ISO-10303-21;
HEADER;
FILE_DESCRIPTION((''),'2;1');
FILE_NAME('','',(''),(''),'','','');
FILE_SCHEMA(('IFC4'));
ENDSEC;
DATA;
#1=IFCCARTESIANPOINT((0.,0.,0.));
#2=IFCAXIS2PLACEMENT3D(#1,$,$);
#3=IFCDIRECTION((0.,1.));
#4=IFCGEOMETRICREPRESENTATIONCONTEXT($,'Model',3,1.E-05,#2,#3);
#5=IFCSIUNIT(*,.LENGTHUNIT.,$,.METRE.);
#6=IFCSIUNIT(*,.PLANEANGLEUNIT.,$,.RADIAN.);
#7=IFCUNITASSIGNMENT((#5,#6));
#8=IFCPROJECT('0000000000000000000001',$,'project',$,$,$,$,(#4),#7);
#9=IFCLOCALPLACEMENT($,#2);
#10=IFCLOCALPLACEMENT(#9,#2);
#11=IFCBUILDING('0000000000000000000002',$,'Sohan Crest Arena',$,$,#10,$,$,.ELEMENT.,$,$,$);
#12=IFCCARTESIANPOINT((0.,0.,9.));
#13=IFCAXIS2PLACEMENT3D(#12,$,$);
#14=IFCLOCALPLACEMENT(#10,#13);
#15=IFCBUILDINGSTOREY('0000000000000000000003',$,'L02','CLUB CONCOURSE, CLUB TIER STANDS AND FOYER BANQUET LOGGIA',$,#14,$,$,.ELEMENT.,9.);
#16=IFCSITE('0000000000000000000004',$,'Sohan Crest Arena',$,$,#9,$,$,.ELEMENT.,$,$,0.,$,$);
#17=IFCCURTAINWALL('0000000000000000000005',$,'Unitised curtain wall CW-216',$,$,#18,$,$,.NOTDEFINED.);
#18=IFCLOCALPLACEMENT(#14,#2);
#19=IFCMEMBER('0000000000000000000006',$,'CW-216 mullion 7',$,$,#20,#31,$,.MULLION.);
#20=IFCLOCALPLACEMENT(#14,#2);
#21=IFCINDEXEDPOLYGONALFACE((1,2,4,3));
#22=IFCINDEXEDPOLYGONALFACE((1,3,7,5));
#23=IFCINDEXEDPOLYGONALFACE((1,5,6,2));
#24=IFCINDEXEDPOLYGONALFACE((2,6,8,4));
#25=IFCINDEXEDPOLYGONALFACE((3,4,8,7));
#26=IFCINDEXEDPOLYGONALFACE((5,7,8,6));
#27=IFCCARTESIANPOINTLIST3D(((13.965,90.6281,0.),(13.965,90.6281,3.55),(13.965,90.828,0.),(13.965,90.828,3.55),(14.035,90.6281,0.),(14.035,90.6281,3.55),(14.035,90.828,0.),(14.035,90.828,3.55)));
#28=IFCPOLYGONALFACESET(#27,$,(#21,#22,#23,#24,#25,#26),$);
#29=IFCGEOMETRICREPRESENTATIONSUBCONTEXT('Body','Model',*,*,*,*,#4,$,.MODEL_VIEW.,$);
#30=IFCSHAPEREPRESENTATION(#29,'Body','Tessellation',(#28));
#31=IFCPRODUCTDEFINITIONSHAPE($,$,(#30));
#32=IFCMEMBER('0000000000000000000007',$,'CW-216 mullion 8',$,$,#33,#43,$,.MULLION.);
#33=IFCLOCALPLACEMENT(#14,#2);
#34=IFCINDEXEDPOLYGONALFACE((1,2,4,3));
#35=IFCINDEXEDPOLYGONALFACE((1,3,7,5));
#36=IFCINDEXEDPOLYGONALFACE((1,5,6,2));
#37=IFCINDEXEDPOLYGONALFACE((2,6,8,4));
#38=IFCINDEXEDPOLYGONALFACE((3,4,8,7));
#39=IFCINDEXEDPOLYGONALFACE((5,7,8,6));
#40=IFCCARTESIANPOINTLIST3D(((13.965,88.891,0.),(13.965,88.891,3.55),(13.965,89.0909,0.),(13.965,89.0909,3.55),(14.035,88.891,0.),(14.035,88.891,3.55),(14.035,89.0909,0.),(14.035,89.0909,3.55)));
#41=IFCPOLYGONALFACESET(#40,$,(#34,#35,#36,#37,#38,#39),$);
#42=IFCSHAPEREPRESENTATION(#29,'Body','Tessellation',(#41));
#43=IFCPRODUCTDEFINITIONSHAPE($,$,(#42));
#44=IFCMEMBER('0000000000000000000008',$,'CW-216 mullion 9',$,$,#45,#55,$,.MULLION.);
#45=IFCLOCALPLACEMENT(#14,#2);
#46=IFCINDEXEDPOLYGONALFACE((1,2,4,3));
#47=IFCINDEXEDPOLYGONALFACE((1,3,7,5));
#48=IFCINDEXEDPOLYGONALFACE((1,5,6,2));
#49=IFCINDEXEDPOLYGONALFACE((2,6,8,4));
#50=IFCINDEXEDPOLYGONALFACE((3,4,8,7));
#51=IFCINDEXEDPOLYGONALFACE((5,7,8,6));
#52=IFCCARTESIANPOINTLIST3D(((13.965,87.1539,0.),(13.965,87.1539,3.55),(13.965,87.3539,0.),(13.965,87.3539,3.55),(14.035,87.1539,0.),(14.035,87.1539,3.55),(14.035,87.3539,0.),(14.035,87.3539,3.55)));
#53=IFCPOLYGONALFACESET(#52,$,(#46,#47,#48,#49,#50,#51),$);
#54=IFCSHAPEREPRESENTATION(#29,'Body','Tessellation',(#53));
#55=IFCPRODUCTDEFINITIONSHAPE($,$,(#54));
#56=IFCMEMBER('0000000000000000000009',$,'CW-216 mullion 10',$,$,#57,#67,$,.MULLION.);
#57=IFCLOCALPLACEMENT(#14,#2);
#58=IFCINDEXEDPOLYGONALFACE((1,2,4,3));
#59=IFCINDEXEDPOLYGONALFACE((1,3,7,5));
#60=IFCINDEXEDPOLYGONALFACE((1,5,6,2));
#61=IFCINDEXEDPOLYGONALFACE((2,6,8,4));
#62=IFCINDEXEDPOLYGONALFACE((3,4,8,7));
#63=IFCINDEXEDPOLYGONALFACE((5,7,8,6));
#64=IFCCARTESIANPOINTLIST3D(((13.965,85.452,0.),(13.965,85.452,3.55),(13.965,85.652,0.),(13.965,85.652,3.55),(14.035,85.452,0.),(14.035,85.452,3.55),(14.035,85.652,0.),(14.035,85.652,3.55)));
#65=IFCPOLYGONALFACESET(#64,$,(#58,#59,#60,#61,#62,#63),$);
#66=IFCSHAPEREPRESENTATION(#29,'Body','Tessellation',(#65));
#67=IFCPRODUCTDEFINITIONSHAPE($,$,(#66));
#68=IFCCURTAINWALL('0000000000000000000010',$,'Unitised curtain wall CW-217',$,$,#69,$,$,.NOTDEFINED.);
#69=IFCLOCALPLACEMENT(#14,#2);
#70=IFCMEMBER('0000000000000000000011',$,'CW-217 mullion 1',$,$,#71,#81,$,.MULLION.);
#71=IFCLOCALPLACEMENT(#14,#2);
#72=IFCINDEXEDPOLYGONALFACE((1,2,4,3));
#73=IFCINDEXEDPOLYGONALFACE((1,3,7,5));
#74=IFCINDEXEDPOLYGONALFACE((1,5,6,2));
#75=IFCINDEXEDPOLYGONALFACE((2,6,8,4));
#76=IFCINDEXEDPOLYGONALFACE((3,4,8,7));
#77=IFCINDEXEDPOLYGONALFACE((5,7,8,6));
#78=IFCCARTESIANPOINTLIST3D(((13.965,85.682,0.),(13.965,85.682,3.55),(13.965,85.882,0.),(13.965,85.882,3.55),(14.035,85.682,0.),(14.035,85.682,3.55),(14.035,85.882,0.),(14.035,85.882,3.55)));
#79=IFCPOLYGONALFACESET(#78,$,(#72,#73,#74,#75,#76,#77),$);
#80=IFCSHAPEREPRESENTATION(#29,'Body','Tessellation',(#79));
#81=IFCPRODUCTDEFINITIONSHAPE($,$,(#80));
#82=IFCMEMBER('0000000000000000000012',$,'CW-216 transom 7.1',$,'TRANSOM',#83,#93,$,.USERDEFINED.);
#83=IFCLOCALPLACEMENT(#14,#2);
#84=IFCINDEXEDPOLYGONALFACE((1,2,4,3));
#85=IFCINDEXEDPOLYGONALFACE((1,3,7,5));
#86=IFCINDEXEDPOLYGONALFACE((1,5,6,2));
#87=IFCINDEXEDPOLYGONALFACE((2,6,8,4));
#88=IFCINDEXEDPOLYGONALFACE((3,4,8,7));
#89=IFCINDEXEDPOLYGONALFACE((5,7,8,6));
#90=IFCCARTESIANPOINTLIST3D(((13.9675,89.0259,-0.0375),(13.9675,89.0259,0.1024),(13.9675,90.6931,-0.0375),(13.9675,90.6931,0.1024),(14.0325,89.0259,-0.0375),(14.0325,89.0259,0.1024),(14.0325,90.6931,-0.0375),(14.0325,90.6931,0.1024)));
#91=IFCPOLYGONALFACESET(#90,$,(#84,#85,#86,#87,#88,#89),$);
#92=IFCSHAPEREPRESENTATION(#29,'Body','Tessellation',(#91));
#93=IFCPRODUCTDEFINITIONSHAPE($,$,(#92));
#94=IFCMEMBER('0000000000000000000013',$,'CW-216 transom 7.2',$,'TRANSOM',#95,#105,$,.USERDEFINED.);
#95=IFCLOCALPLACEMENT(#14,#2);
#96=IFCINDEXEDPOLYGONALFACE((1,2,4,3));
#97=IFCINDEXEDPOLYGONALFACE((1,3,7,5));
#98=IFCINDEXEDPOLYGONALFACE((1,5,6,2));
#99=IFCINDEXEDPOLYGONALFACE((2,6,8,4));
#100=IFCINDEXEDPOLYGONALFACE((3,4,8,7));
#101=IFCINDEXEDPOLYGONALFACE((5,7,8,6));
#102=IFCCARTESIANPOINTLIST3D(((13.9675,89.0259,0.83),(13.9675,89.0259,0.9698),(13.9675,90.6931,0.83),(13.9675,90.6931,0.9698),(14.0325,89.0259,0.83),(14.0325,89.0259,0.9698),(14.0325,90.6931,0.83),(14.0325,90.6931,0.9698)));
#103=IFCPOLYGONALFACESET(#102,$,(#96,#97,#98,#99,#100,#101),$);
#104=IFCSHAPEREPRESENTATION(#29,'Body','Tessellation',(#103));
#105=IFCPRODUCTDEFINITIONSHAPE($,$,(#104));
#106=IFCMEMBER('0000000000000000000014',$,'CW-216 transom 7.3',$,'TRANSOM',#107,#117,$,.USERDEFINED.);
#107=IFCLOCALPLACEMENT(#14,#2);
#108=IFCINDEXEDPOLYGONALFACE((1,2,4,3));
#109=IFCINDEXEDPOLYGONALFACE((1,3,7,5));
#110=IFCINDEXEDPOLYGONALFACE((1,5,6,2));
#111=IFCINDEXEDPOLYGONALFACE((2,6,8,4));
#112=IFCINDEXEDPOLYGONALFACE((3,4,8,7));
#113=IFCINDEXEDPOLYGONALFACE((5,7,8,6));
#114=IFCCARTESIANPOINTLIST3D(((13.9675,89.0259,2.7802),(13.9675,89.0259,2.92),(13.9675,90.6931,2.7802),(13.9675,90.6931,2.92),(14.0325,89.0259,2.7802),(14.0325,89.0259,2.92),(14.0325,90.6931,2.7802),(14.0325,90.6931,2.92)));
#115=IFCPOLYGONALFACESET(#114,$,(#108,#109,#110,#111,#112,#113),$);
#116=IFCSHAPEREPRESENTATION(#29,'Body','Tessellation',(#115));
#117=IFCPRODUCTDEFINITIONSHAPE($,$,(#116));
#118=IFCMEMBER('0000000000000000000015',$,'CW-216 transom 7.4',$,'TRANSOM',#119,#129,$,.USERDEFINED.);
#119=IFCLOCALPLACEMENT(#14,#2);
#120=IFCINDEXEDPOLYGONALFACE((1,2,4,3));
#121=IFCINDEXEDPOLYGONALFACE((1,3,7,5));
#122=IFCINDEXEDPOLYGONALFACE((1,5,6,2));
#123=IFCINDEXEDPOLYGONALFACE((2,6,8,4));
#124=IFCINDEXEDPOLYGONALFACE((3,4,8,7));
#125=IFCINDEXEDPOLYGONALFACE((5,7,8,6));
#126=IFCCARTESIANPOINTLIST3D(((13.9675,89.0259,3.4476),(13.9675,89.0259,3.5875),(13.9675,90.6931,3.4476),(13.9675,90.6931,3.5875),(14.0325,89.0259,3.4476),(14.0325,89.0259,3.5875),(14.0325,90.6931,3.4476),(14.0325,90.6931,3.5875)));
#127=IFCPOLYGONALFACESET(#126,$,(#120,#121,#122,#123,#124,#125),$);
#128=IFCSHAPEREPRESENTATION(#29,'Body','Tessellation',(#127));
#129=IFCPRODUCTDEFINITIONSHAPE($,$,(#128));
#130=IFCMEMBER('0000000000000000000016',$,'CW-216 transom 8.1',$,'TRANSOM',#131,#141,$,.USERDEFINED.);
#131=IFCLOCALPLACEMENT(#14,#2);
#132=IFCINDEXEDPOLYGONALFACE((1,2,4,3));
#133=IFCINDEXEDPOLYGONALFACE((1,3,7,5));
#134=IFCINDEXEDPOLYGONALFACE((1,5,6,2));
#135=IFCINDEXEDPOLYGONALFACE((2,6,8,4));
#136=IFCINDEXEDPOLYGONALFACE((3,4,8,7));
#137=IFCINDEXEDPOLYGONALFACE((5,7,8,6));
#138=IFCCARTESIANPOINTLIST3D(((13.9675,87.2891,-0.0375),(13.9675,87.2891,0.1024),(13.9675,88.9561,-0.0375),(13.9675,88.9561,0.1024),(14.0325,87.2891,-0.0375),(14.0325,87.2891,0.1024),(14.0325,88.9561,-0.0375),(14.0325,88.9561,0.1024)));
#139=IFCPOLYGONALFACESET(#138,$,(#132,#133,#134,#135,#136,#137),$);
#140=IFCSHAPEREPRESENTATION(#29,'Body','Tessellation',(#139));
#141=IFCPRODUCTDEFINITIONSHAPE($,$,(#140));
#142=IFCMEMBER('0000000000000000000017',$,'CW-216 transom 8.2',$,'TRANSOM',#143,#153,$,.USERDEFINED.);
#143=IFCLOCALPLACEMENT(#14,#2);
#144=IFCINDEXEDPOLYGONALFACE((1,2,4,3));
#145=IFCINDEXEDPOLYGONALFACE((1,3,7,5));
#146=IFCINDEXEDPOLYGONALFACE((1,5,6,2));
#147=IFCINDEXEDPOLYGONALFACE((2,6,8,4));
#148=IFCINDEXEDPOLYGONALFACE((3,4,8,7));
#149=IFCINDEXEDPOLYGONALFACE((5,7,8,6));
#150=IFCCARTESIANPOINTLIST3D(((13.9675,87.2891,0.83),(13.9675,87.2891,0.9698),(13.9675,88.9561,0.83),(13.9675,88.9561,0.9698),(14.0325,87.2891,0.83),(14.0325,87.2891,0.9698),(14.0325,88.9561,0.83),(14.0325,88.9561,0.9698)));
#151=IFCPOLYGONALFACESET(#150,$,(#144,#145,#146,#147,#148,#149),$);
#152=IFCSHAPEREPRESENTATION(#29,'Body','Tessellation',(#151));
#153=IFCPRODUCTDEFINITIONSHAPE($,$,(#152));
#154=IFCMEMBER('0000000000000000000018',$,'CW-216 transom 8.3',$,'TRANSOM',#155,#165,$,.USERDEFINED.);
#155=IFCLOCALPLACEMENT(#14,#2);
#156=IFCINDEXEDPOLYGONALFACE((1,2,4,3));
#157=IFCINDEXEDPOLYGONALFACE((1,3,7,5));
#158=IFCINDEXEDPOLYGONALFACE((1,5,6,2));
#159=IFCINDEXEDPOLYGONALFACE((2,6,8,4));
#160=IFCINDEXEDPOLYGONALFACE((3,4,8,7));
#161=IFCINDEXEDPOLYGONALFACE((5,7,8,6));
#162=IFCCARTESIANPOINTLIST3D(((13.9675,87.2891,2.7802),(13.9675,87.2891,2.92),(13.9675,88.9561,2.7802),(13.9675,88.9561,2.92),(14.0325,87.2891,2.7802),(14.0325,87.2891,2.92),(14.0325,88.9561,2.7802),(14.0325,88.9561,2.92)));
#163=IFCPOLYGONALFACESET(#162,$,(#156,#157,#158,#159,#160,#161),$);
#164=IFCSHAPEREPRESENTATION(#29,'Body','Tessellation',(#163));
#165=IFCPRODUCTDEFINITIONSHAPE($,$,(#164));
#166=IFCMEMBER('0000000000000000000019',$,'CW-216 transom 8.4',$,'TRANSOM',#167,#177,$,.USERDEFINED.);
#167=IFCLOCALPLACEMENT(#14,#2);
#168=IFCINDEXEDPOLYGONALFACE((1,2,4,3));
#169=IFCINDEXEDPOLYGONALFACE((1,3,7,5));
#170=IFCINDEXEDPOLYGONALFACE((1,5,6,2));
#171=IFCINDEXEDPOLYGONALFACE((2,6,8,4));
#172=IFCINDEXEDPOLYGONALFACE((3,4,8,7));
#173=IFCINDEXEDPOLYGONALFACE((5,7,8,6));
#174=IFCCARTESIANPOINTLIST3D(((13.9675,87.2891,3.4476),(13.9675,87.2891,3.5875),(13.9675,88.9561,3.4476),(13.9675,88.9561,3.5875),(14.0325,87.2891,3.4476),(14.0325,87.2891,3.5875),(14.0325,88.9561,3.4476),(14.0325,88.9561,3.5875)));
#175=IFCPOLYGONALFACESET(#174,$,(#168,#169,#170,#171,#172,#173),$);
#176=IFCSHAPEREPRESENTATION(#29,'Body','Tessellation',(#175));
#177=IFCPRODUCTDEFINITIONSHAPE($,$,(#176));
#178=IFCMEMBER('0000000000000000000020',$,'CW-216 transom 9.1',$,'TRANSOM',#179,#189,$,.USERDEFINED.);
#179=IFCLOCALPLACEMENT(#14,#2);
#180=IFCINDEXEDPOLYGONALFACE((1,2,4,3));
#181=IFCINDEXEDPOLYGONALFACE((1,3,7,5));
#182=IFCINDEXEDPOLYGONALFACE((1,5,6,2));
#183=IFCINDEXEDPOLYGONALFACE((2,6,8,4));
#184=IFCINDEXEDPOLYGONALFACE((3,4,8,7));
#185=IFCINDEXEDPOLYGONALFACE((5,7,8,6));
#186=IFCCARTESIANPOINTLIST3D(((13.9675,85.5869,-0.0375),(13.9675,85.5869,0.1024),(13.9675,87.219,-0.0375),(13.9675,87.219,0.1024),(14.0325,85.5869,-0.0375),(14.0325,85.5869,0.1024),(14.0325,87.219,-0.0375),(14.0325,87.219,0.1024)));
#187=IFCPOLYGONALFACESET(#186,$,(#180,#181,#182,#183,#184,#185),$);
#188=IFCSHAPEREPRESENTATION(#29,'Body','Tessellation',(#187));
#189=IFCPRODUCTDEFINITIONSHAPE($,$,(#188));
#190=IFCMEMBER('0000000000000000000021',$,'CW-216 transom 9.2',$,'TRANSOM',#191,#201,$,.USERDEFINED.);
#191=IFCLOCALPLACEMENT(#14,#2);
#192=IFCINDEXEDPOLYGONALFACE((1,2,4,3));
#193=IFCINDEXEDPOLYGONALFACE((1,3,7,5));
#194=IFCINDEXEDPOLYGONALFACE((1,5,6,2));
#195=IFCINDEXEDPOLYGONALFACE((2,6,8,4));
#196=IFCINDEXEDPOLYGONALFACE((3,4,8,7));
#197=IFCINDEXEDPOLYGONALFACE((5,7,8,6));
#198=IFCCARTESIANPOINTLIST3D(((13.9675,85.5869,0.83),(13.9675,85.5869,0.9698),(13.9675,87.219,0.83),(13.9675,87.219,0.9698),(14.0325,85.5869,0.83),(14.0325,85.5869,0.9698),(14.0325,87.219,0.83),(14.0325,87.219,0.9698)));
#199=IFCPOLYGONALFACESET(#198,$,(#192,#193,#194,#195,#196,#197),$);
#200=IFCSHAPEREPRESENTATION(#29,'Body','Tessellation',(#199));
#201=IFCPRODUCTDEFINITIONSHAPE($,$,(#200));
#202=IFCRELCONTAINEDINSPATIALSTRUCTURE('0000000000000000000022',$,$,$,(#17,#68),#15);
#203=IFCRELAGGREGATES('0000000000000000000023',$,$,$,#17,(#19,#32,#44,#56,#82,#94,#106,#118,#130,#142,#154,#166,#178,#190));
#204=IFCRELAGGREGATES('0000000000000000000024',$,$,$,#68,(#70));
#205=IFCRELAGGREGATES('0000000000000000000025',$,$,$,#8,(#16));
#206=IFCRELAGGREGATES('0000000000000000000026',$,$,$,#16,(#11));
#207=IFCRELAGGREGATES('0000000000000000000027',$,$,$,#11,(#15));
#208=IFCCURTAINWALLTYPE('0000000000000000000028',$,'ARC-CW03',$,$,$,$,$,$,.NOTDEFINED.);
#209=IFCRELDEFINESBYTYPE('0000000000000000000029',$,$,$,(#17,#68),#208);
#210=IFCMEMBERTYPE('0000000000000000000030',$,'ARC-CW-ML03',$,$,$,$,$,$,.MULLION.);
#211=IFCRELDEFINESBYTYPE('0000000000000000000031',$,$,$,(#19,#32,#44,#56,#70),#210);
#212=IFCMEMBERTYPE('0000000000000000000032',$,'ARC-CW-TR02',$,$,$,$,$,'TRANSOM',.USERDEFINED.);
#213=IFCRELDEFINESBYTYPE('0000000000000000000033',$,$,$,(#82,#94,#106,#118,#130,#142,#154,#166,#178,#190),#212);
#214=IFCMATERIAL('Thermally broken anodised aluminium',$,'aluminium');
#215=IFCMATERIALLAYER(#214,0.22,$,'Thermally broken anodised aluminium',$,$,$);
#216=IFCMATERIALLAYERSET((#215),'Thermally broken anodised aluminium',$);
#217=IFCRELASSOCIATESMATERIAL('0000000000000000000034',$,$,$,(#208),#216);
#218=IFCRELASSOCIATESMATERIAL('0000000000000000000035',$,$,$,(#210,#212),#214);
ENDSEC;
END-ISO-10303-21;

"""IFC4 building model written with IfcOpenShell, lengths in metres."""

from ifc_helpers import new_model, si_unit, direction, frame, origin, origin_2d, place, context, subcontext, project, spatial, rectangle, extrude, material, layer, layer_set, material_profile, profile_set, type_object, element, aggregate, save


model = new_model("IFC4")

# Units and contexts
model_context = context("Model", 3, precision=1e-05, world=origin(), true_north=direction((0.0, 1.0)))
body_context = subcontext(model_context, "Body", "Model", "MODEL_VIEW")
ifc_project = project(units=[si_unit("LENGTHUNIT", "METRE"), si_unit("PLANEANGLEUNIT", "RADIAN")], contexts=[model_context])

# Site, building, storey
site_placement = place(None, origin())
site = spatial("IfcSite", under=ifc_project, at=site_placement, Name="Sohan Crest Arena", CompositionType="ELEMENT", RefElevation=0.0)
building_placement = place(site_placement, origin())
building = spatial("IfcBuilding", under=site, at=building_placement, Name="Sohan Crest Arena", CompositionType="ELEMENT")
storey_placement = place(building_placement, frame((0.0, 0.0, 9.0)))
storey = spatial("IfcBuildingStorey", under=building, at=storey_placement, Name="L02", Description="CLUB CONCOURSE, CLUB TIER STANDS AND FOYER BANQUET LOGGIA", CompositionType="ELEMENT", Elevation=9.0)

# Curtain wall, members
ifc_material_1 = material(Name="Thermally broken anodised aluminium", Category="aluminium")
ifc_layer_1 = layer(ifc_material_1, 0.22, Name="Thermally broken anodised aluminium")
ifc_layer_set_1 = layer_set([ifc_layer_1], Name="Thermally broken anodised aluminium")
curtain_wall_type = type_object("IfcCurtainWallType", Name="ARC-CW03", PredefinedType="NOTDEFINED", material=ifc_layer_set_1)
curtain_wall_1_placement = place(storey_placement, origin())
curtain_wall_1 = element("IfcCurtainWall", 1, at=curtain_wall_1_placement, inside=storey, type_object=curtain_wall_type, Name="Unitised curtain wall CW-216", PredefinedType="NOTDEFINED")
ifc_material_profile_1 = material_profile(ifc_material_1, rectangle(XDim=0.0701, YDim=0.2, at=origin_2d()), Name="ALU-MULL 70x200")
ifc_profile_set_1 = profile_set([ifc_material_profile_1], Name="Thermally broken anodised aluminium")
member_type_1 = type_object("IfcMemberType", Name="ARC-CW-ML03", PredefinedType="MULLION", material=ifc_profile_set_1)
member_1_placement = place(storey_placement, frame((14.0, 90.728, 0.0), z_axis=(0.0, 0.0, 1.0), x_axis=(1.0, 0.0, 0.0)))
member_1 = element("IfcMember", 2, at=member_1_placement, type_object=member_type_1, Name="CW-216 mullion 7", PredefinedType="MULLION", context=body_context, shape_type="SweptSolid", body=[
    extrude(rectangle(XDim=0.0701, YDim=0.2, at=origin_2d()), origin(), (0.0, 0.0, 1.0), 3.55),
])
member_2_placement = place(storey_placement, frame((14.0, 88.991, 0.0), z_axis=(0.0, 0.0, 1.0), x_axis=(1.0, 0.0, 0.0)))
member_2 = element("IfcMember", 3, at=member_2_placement, type_object=member_type_1, Name="CW-216 mullion 8", PredefinedType="MULLION", context=body_context, shape_type="SweptSolid", body=[
    extrude(rectangle(XDim=0.0701, YDim=0.2, at=origin_2d()), origin(), (0.0, 0.0, 1.0), 3.55),
])
member_3_placement = place(storey_placement, frame((14.0, 87.2539, 0.0), z_axis=(0.0, 0.0, 1.0), x_axis=(1.0, 0.0, 0.0)))
member_3 = element("IfcMember", 4, at=member_3_placement, type_object=member_type_1, Name="CW-216 mullion 9", PredefinedType="MULLION", context=body_context, shape_type="SweptSolid", body=[
    extrude(rectangle(XDim=0.0701, YDim=0.2, at=origin_2d()), origin(), (0.0, 0.0, 1.0), 3.55),
])
member_4_placement = place(storey_placement, frame((14.0, 85.552, 0.0), z_axis=(0.0, 0.0, 1.0), x_axis=(1.0, 0.0, 0.0)))
member_4 = element("IfcMember", 5, at=member_4_placement, type_object=member_type_1, Name="CW-216 mullion 10", PredefinedType="MULLION", context=body_context, shape_type="SweptSolid", body=[
    extrude(rectangle(XDim=0.0701, YDim=0.2, at=origin_2d()), origin(), (0.0, 0.0, 1.0), 3.55),
])

# Curtain wall, member
curtain_wall_2_placement = place(storey_placement, origin())
curtain_wall_2 = element("IfcCurtainWall", 6, at=curtain_wall_2_placement, inside=storey, type_object=curtain_wall_type, Name="Unitised curtain wall CW-217", PredefinedType="NOTDEFINED")
member_5_placement = place(storey_placement, frame((14.0, 85.782, 0.0), z_axis=(0.0, 0.0, 1.0), x_axis=(1.0, 0.0, 0.0)))
member_5 = element("IfcMember", 7, at=member_5_placement, type_object=member_type_1, Name="CW-217 mullion 1", PredefinedType="MULLION", context=body_context, shape_type="SweptSolid", body=[
    extrude(rectangle(XDim=0.0701, YDim=0.2, at=origin_2d()), origin(), (0.0, 0.0, 1.0), 3.55),
])

# Members
ifc_material_profile_2 = material_profile(ifc_material_1, rectangle(XDim=0.0649, YDim=0.1399, at=origin_2d()), Name="ALU-TRAN 65x140")
ifc_profile_set_2 = profile_set([ifc_material_profile_2], Name="Thermally broken anodised aluminium")
member_type_2 = type_object("IfcMemberType", Name="ARC-CW-TR02", ElementType="TRANSOM", PredefinedType="USERDEFINED", material=ifc_profile_set_2)
member_6_placement = place(storey_placement, frame((14.0, 90.6931, 0.0325), z_axis=(0.0, -1.0, 0.0), x_axis=(1.0, 0.0, 0.0)))
member_6 = element("IfcMember", 8, at=member_6_placement, type_object=member_type_2, Name="CW-216 transom 7.1", ObjectType="TRANSOM", PredefinedType="USERDEFINED", context=body_context, shape_type="SweptSolid", body=[
    extrude(rectangle(XDim=0.0649, YDim=0.1399, at=origin_2d()), origin(), (0.0, 0.0, 1.0), 1.6672),
])
member_7_placement = place(storey_placement, frame((14.0, 90.6931, 0.8999), z_axis=(0.0, -1.0, 0.0), x_axis=(1.0, 0.0, 0.0)))
member_7 = element("IfcMember", 9, at=member_7_placement, type_object=member_type_2, Name="CW-216 transom 7.2", ObjectType="TRANSOM", PredefinedType="USERDEFINED", context=body_context, shape_type="SweptSolid", body=[
    extrude(rectangle(XDim=0.0649, YDim=0.1399, at=origin_2d()), origin(), (0.0, 0.0, 1.0), 1.6672),
])
member_8_placement = place(storey_placement, frame((14.0, 90.6931, 2.8501), z_axis=(0.0, -1.0, 0.0), x_axis=(1.0, 0.0, 0.0)))
member_8 = element("IfcMember", 10, at=member_8_placement, type_object=member_type_2, Name="CW-216 transom 7.3", ObjectType="TRANSOM", PredefinedType="USERDEFINED", context=body_context, shape_type="SweptSolid", body=[
    extrude(rectangle(XDim=0.0649, YDim=0.1399, at=origin_2d()), origin(), (0.0, 0.0, 1.0), 1.6672),
])
member_9_placement = place(storey_placement, frame((14.0, 90.6931, 3.5176), z_axis=(0.0, -1.0, 0.0), x_axis=(1.0, 0.0, 0.0)))
member_9 = element("IfcMember", 11, at=member_9_placement, type_object=member_type_2, Name="CW-216 transom 7.4", ObjectType="TRANSOM", PredefinedType="USERDEFINED", context=body_context, shape_type="SweptSolid", body=[
    extrude(rectangle(XDim=0.0649, YDim=0.1399, at=origin_2d()), origin(), (0.0, 0.0, 1.0), 1.6672),
])
member_10_placement = place(storey_placement, frame((14.0, 88.9561, 0.0325), z_axis=(0.0, -1.0, 0.0), x_axis=(1.0, 0.0, 0.0)))
member_10 = element("IfcMember", 12, at=member_10_placement, type_object=member_type_2, Name="CW-216 transom 8.1", ObjectType="TRANSOM", PredefinedType="USERDEFINED", context=body_context, shape_type="SweptSolid", body=[
    extrude(rectangle(XDim=0.0649, YDim=0.1399, at=origin_2d()), origin(), (0.0, 0.0, 1.0), 1.667),
])
member_11_placement = place(storey_placement, frame((14.0, 88.9561, 0.8999), z_axis=(0.0, -1.0, 0.0), x_axis=(1.0, 0.0, 0.0)))
member_11 = element("IfcMember", 13, at=member_11_placement, type_object=member_type_2, Name="CW-216 transom 8.2", ObjectType="TRANSOM", PredefinedType="USERDEFINED", context=body_context, shape_type="SweptSolid", body=[
    extrude(rectangle(XDim=0.0649, YDim=0.1399, at=origin_2d()), origin(), (0.0, 0.0, 1.0), 1.667),
])
member_12_placement = place(storey_placement, frame((14.0, 88.9561, 2.8501), z_axis=(0.0, -1.0, 0.0), x_axis=(1.0, 0.0, 0.0)))
member_12 = element("IfcMember", 14, at=member_12_placement, type_object=member_type_2, Name="CW-216 transom 8.3", ObjectType="TRANSOM", PredefinedType="USERDEFINED", context=body_context, shape_type="SweptSolid", body=[
    extrude(rectangle(XDim=0.0649, YDim=0.1399, at=origin_2d()), origin(), (0.0, 0.0, 1.0), 1.667),
])
member_13_placement = place(storey_placement, frame((14.0, 88.9561, 3.5176), z_axis=(0.0, -1.0, 0.0), x_axis=(1.0, 0.0, 0.0)))
member_13 = element("IfcMember", 15, at=member_13_placement, type_object=member_type_2, Name="CW-216 transom 8.4", ObjectType="TRANSOM", PredefinedType="USERDEFINED", context=body_context, shape_type="SweptSolid", body=[
    extrude(rectangle(XDim=0.0649, YDim=0.1399, at=origin_2d()), origin(), (0.0, 0.0, 1.0), 1.667),
])
member_14_placement = place(storey_placement, frame((14.0, 87.219, 0.0325), z_axis=(0.0, -1.0, 0.0), x_axis=(1.0, 0.0, 0.0)))
member_14 = element("IfcMember", 16, at=member_14_placement, type_object=member_type_2, Name="CW-216 transom 9.1", ObjectType="TRANSOM", PredefinedType="USERDEFINED", context=body_context, shape_type="SweptSolid", body=[
    extrude(rectangle(XDim=0.0649, YDim=0.1399, at=origin_2d()), origin(), (0.0, 0.0, 1.0), 1.6321),
])
member_15_placement = place(storey_placement, frame((14.0, 87.219, 0.8999), z_axis=(0.0, -1.0, 0.0), x_axis=(1.0, 0.0, 0.0)))
member_15 = element("IfcMember", 17, at=member_15_placement, type_object=member_type_2, Name="CW-216 transom 9.2", ObjectType="TRANSOM", PredefinedType="USERDEFINED", context=body_context, shape_type="SweptSolid", body=[
    extrude(rectangle(XDim=0.0649, YDim=0.1399, at=origin_2d()), origin(), (0.0, 0.0, 1.0), 1.6321),
])

aggregate(curtain_wall_1, [member_1, member_2, member_3, member_4, member_6, member_7, member_8, member_9, member_10, member_11, member_12, member_13, member_14, member_15])
aggregate(curtain_wall_2, [member_5])

save(model, "model.ifc")
